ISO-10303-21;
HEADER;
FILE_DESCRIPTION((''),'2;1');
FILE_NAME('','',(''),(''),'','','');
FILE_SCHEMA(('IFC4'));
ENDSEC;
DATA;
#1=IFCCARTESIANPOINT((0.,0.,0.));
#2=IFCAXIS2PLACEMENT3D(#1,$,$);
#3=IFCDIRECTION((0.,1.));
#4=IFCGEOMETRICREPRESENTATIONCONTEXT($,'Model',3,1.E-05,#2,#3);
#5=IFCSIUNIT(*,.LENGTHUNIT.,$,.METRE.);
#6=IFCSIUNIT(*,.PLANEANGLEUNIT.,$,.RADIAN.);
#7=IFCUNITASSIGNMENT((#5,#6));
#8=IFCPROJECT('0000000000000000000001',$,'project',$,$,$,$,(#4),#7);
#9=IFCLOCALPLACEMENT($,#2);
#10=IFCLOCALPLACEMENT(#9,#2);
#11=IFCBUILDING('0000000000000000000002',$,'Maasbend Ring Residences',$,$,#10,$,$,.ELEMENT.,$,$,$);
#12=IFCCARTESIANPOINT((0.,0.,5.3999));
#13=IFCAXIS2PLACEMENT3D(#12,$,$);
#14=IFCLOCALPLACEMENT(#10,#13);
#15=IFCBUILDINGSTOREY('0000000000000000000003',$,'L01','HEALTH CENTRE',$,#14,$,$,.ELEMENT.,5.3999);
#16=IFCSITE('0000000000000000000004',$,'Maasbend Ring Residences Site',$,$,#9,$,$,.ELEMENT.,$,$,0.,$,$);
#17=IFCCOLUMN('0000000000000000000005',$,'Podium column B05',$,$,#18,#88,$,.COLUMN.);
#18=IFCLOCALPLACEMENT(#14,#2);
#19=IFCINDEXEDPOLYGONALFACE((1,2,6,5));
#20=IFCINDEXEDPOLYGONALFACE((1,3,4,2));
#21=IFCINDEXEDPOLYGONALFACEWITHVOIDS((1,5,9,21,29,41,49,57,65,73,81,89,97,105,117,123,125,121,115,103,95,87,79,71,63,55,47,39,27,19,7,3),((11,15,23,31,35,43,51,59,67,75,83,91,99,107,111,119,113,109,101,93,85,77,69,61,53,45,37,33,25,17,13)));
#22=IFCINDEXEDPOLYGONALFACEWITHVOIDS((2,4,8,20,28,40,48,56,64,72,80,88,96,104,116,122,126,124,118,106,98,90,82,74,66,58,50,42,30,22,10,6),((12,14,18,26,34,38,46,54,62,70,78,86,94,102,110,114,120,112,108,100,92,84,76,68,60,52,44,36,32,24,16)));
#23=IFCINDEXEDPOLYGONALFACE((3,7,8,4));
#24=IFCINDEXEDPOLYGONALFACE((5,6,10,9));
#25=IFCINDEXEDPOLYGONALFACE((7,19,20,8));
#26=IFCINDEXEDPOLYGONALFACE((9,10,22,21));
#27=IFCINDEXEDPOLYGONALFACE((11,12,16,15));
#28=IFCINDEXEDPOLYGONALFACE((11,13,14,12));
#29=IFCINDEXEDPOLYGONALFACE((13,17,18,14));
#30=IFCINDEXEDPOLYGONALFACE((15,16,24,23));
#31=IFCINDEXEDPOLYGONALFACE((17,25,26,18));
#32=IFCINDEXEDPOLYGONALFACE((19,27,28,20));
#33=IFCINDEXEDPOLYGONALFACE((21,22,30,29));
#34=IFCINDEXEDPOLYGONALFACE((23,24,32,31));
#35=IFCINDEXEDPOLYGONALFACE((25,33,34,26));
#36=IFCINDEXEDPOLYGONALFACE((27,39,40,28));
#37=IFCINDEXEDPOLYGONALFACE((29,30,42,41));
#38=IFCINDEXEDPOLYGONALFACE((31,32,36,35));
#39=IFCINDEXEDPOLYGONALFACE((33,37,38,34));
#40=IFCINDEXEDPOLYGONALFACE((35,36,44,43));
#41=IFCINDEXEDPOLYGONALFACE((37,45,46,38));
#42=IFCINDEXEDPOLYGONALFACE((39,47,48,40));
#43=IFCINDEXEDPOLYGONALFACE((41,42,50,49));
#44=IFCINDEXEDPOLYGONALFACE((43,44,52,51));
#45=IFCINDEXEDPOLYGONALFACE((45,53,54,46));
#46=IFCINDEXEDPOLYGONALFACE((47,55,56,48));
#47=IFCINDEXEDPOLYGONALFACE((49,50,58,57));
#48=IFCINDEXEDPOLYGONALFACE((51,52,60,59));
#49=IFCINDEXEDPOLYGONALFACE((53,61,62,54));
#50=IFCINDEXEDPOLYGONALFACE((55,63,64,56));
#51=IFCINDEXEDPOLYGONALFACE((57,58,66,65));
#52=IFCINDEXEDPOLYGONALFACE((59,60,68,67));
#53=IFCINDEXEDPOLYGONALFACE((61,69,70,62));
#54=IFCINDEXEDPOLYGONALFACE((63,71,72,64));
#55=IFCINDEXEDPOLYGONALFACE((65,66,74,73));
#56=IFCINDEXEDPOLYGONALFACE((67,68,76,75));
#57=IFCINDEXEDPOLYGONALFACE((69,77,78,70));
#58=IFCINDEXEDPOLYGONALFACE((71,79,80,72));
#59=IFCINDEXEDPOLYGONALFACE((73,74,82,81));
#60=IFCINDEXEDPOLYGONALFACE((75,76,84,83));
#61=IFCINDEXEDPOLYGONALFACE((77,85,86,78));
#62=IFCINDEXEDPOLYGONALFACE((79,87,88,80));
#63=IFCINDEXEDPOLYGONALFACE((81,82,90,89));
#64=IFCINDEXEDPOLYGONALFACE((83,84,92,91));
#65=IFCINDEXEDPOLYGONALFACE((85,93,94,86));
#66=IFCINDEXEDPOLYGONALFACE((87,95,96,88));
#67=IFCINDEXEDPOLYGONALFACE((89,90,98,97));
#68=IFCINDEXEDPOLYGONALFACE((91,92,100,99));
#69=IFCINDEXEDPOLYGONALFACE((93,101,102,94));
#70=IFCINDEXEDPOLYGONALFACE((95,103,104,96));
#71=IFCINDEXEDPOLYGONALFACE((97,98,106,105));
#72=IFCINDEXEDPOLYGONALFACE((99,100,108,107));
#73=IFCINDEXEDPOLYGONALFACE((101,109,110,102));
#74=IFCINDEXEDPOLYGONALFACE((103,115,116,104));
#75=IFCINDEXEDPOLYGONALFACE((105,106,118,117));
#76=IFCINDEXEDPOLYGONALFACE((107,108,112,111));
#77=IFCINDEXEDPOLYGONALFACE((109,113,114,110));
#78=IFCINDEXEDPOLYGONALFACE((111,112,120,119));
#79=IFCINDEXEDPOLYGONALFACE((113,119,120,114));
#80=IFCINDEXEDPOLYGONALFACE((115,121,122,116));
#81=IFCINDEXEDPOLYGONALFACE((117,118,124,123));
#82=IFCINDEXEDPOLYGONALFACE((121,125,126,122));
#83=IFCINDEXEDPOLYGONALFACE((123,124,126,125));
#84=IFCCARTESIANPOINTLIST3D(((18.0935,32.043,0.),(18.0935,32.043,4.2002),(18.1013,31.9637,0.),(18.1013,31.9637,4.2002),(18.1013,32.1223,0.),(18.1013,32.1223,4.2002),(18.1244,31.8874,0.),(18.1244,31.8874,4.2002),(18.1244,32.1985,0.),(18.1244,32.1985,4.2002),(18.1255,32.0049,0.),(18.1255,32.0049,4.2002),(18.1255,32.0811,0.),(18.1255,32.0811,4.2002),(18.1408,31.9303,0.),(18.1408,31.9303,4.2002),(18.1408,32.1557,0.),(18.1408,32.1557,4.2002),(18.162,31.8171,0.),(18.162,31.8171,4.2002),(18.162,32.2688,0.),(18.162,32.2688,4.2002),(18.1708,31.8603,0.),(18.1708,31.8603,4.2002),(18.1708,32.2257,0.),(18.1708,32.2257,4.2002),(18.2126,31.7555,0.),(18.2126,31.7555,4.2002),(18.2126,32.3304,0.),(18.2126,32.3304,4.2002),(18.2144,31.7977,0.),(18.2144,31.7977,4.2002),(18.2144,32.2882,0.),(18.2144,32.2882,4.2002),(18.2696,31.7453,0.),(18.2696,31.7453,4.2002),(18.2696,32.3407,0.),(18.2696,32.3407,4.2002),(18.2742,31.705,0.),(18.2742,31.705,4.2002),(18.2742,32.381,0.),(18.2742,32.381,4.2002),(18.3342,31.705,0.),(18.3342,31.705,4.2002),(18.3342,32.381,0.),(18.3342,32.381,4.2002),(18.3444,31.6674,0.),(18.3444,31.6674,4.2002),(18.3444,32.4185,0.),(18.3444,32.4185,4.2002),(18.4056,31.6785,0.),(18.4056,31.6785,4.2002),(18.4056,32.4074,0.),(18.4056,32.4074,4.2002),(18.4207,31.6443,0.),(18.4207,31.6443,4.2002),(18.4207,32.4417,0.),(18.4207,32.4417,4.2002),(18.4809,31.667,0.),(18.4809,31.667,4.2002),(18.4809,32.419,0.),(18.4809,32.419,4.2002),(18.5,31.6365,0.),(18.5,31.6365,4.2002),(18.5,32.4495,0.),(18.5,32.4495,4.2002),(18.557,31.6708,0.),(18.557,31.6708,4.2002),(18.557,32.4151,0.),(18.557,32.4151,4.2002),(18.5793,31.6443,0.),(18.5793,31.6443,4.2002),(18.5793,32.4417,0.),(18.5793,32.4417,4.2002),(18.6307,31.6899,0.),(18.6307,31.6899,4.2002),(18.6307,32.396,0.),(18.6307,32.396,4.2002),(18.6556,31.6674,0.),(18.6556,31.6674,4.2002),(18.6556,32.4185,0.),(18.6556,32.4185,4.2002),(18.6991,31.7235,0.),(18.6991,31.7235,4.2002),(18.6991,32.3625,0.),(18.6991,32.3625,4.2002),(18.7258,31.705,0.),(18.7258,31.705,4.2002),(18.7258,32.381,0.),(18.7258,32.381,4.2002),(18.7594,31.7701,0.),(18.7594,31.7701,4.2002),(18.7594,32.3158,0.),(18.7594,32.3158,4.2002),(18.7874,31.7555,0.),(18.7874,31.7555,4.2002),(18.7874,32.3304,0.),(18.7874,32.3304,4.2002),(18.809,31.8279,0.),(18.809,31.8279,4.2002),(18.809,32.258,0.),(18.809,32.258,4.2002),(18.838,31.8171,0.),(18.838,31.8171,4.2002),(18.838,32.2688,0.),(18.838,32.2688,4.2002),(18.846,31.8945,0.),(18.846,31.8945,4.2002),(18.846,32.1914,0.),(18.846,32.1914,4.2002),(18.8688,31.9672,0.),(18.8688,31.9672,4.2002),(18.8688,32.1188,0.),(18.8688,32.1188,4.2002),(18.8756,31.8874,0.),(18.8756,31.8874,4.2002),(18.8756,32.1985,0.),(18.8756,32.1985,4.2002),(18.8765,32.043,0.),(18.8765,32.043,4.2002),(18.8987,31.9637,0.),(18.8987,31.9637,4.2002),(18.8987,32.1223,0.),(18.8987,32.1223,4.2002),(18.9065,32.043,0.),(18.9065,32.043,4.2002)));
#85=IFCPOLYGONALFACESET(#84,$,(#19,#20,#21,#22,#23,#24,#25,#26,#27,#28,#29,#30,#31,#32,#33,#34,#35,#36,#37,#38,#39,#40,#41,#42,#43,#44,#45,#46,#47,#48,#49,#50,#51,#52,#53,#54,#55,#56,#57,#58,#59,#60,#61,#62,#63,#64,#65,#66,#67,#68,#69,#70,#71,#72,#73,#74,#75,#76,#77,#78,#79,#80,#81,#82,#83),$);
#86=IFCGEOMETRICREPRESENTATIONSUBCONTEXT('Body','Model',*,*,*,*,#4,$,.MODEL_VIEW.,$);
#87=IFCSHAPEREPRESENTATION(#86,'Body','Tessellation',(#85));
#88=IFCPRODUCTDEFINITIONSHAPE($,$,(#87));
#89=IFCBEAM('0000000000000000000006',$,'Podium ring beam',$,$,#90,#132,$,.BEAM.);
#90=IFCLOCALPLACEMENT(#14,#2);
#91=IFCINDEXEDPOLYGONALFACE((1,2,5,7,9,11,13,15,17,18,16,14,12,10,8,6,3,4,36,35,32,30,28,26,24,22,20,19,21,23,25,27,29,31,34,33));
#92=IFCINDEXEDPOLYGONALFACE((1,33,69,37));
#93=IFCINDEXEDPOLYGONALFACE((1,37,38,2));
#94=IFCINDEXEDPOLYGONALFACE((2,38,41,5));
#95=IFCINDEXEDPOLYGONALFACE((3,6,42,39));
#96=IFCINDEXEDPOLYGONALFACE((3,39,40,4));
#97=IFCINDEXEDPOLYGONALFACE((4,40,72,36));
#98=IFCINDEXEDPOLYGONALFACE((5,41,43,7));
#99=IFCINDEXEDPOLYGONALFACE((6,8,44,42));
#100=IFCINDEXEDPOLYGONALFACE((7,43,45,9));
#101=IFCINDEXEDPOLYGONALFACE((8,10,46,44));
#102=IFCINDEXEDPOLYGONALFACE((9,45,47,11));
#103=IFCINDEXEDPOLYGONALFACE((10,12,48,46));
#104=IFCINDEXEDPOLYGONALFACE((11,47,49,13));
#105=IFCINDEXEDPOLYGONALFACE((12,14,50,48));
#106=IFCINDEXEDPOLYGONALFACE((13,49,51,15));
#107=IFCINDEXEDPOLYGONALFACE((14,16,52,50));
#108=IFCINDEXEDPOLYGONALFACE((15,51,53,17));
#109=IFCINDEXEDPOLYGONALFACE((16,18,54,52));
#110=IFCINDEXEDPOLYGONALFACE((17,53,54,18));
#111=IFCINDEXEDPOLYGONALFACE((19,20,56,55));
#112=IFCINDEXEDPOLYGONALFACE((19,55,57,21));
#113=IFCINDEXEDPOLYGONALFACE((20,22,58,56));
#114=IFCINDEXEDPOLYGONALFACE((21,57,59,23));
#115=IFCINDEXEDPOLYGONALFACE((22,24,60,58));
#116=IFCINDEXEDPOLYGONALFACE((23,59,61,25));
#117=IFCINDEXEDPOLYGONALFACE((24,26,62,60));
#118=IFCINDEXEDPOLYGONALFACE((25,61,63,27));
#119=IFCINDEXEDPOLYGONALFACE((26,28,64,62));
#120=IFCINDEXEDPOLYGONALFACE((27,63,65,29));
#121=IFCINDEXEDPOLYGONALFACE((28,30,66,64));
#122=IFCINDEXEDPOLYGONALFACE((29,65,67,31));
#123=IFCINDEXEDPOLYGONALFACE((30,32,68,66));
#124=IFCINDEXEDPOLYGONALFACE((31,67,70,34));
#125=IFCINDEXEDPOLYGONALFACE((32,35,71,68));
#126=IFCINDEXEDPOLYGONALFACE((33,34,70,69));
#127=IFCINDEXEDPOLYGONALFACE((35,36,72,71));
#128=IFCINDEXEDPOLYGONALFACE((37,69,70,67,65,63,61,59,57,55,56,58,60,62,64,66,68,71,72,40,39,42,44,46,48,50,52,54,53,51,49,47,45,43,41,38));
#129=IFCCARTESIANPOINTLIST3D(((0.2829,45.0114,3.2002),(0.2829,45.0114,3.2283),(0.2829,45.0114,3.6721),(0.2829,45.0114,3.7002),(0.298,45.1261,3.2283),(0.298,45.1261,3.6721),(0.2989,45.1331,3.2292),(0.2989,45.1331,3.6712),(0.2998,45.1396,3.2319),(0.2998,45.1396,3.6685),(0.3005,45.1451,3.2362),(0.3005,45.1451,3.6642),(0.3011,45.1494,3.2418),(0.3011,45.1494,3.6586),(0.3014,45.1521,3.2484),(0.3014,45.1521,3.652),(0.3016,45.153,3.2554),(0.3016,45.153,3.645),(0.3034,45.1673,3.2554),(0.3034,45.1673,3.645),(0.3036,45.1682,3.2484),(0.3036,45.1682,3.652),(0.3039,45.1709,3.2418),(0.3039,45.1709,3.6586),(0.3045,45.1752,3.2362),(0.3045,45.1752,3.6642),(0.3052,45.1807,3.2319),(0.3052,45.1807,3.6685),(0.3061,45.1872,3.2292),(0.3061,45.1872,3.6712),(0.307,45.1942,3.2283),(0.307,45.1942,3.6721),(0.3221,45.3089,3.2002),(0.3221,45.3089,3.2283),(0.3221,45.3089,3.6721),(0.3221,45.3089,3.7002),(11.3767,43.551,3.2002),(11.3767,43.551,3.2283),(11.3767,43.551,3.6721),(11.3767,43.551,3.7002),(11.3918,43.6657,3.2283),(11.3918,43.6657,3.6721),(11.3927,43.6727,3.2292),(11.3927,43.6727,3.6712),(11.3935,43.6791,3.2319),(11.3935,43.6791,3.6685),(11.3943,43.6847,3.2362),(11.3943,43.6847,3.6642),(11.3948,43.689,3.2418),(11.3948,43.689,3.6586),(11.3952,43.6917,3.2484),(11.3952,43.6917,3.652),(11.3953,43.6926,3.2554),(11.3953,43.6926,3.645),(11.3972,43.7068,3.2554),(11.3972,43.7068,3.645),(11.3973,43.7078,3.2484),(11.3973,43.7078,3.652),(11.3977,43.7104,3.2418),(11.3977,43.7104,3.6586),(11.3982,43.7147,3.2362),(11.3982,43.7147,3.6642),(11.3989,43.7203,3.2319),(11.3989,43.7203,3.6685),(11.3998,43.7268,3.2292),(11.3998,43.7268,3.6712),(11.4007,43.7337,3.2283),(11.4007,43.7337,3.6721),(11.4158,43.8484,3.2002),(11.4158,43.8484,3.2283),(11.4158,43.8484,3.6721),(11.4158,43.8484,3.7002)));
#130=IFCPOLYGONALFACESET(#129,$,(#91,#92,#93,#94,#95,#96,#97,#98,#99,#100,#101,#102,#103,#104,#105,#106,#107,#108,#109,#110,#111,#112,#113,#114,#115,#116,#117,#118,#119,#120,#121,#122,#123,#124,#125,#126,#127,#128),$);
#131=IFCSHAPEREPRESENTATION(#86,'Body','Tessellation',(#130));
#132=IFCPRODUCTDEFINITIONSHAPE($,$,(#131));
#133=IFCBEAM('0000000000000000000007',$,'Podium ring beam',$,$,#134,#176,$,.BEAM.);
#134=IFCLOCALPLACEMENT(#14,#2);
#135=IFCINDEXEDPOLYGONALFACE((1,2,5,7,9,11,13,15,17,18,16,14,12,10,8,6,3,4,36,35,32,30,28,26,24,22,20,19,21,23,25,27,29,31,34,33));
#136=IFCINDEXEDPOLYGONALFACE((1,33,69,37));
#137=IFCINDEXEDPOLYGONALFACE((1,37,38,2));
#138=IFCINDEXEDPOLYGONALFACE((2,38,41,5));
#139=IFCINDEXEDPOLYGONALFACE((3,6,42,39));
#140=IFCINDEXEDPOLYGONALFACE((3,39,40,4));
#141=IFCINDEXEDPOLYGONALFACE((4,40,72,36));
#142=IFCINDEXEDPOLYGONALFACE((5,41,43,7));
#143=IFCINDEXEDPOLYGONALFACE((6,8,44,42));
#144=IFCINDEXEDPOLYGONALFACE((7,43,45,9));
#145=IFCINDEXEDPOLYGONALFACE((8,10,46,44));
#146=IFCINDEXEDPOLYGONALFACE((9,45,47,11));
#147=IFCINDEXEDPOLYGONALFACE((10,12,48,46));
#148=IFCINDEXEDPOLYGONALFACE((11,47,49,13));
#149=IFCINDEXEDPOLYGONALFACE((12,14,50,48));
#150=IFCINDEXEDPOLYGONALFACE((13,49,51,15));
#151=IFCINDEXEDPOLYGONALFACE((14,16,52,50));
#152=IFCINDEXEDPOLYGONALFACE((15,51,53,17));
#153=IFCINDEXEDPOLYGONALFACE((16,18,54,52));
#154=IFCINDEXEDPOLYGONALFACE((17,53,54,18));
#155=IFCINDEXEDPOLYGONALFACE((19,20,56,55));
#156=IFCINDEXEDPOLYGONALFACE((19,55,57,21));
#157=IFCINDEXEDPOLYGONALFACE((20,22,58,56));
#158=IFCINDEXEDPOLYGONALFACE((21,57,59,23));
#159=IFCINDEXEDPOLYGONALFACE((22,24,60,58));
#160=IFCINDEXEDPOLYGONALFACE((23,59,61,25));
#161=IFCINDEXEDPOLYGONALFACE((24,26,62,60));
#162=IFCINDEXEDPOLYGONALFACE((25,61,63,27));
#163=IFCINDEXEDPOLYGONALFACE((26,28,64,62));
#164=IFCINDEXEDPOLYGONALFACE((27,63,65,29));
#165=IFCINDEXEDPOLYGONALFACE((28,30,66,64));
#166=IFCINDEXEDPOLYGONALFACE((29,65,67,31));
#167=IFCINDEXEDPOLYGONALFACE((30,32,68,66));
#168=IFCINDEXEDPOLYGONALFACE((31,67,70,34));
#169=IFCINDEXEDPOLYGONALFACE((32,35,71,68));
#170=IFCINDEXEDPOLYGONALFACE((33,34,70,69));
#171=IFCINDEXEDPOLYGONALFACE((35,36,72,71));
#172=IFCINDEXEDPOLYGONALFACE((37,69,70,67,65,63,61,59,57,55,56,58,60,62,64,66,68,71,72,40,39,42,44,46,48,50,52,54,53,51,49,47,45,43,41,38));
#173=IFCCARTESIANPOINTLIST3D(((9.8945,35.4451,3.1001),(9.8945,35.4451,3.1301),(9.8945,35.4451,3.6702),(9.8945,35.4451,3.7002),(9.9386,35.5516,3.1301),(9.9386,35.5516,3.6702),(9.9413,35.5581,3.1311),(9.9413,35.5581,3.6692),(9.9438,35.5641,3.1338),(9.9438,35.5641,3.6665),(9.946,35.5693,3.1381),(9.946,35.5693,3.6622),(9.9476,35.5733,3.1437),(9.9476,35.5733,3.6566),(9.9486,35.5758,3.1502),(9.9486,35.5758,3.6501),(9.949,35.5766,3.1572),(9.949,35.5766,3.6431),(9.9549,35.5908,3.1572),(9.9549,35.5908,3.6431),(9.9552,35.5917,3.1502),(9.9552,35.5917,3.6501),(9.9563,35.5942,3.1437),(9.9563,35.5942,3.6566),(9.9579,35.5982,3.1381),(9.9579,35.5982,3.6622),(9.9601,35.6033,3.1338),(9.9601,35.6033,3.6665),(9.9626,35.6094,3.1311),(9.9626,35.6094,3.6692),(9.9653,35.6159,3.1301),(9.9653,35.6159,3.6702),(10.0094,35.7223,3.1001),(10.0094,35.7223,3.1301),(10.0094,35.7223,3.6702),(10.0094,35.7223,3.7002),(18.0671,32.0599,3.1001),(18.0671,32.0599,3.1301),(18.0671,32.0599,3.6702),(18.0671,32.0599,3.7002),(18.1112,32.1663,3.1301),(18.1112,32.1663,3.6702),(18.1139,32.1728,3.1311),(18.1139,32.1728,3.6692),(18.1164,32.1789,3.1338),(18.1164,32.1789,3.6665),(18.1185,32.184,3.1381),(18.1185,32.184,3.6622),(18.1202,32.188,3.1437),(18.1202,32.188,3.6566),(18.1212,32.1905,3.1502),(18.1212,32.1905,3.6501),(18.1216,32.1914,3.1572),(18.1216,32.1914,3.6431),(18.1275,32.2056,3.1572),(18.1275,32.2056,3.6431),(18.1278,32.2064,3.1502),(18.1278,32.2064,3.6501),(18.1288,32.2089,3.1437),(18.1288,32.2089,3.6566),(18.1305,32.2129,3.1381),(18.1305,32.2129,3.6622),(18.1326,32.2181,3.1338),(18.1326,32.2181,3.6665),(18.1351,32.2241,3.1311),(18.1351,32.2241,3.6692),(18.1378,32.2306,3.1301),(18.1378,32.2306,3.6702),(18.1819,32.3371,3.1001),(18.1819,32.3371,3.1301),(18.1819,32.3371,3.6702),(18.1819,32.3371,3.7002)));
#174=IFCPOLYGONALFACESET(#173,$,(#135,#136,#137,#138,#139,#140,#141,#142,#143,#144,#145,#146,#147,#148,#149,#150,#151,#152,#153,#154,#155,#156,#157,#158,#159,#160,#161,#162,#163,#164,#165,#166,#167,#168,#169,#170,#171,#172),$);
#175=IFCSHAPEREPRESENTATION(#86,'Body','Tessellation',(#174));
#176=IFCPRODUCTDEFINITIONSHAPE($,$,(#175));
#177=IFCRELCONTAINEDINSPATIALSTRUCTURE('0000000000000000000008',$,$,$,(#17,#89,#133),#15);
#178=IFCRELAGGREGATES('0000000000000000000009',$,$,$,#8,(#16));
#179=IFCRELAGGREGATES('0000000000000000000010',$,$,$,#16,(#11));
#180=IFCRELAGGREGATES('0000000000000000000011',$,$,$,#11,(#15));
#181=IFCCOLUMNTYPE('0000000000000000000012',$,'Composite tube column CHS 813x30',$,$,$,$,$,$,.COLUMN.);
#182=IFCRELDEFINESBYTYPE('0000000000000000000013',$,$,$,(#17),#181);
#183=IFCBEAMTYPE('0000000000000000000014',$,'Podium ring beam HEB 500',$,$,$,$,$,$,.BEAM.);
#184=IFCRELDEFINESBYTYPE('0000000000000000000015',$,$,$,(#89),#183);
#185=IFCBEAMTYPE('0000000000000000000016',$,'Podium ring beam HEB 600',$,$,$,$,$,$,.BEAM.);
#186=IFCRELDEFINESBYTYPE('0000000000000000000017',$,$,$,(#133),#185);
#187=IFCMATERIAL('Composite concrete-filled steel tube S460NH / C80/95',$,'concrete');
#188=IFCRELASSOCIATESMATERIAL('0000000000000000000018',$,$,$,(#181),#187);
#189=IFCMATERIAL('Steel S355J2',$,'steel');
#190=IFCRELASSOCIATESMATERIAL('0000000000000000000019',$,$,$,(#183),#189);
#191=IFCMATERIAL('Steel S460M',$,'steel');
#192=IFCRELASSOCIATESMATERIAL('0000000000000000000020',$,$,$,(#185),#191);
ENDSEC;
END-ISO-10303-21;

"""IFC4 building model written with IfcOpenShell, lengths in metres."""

from ifc_helpers import new_model, si_unit, direction, frame, origin, origin_2d, place, context, subcontext, project, spatial, hollow_circle, i_section, extrude, material, material_profile, profile_set, type_object, element, save


model = new_model("IFC4")

# Units and contexts
model_context = context("Model", 3, precision=1e-05, world=origin(), true_north=direction((0.0, 1.0)))
body_context = subcontext(model_context, "Body", "Model", "MODEL_VIEW")
ifc_project = project(units=[si_unit("LENGTHUNIT", "METRE"), si_unit("PLANEANGLEUNIT", "RADIAN")], contexts=[model_context])

# Site, building, storey
site_placement = place(None, origin())
site = spatial("IfcSite", under=ifc_project, at=site_placement, Name="Maasbend Ring Residences Site", CompositionType="ELEMENT", RefElevation=0.0)
building_placement = place(site_placement, origin())
building = spatial("IfcBuilding", under=site, at=building_placement, Name="Maasbend Ring Residences", CompositionType="ELEMENT")
storey_placement = place(building_placement, frame((0.0, 0.0, 5.3999)))
storey = spatial("IfcBuildingStorey", under=building, at=storey_placement, Name="L01", Description="HEALTH CENTRE", CompositionType="ELEMENT", Elevation=5.3999)

# Column
ifc_material_1 = material(Name="Composite concrete-filled steel tube S460NH / C80/95", Category="concrete")
ifc_material_profile_1 = material_profile(ifc_material_1, hollow_circle(Radius=0.4065, WallThickness=0.03, at=origin_2d()), Name="Composite tube column CHS 813x30")
ifc_profile_set_1 = profile_set([ifc_material_profile_1], Name="Composite concrete-filled steel tube S460NH / C80/95")
column_type_1 = type_object("IfcColumnType", Name="Composite tube column CHS 813x30", PredefinedType="COLUMN", material=ifc_profile_set_1)
column_1_placement = place(storey_placement, frame((18.5, 32.043, 0.0), z_axis=(0.0, 0.0, 1.0), x_axis=(1.0, 0.0, 0.0)))
element("IfcColumn", 1, at=column_1_placement, inside=storey, type_object=column_type_1, Name="Podium column B05", PredefinedType="COLUMN", context=body_context, shape_type="SweptSolid", body=[
    extrude(hollow_circle(Radius=0.4065, WallThickness=0.03, at=origin_2d()), origin(), (0.0, 0.0, 1.0), 4.2002),
])

# Beams
ifc_material_2 = material(Name="Steel S355J2", Category="steel")
ifc_material_profile_2 = material_profile(ifc_material_2, i_section(OverallWidth=0.3, OverallDepth=0.5, WebThickness=0.0144, FlangeThickness=0.0281, FilletRadius=0.0271, at=origin_2d()), Name="HEB 500")
ifc_profile_set_2 = profile_set([ifc_material_profile_2], Name="Steel S355J2")
beam_type_1 = type_object("IfcBeamType", Name="Podium ring beam HEB 500", PredefinedType="BEAM", material=ifc_profile_set_2)
beam_1_placement = place(storey_placement, frame((11.3962, 43.6997, 3.4502), z_axis=(-0.991446, 0.13052, 0.0), x_axis=(-0.13052, -0.991446, 0.0)))
element("IfcBeam", 2, at=beam_1_placement, inside=storey, type_object=beam_type_1, Name="Podium ring beam", PredefinedType="BEAM", context=body_context, shape_type="SweptSolid", body=[
    extrude(i_section(OverallWidth=0.3, OverallDepth=0.5, WebThickness=0.0144, FlangeThickness=0.0281, FilletRadius=0.0271, at=origin_2d()), origin(), (0.0, 0.0, 1.0), 11.1895),
])
ifc_material_3 = material(Name="Steel S460M", Category="steel")
ifc_material_profile_3 = material_profile(ifc_material_3, i_section(OverallWidth=0.3, OverallDepth=0.6001, WebThickness=0.0154, FlangeThickness=0.03, FilletRadius=0.0271, at=origin_2d()), Name="HEB 600")
ifc_profile_set_3 = profile_set([ifc_material_profile_3], Name="Steel S460M")
beam_type_2 = type_object("IfcBeamType", Name="Podium ring beam HEB 600", PredefinedType="BEAM", material=ifc_profile_set_3)
beam_2_placement = place(storey_placement, frame((18.1245, 32.1985, 3.4001), z_axis=(-0.923878, 0.382688, 0.0), x_axis=(-0.382688, -0.923878, 0.0)))
element("IfcBeam", 3, at=beam_2_placement, inside=storey, type_object=beam_type_2, Name="Podium ring beam", PredefinedType="BEAM", context=body_context, shape_type="SweptSolid", body=[
    extrude(i_section(OverallWidth=0.3, OverallDepth=0.6001, WebThickness=0.0154, FlangeThickness=0.03, FilletRadius=0.0271, at=origin_2d()), origin(), (0.0, 0.0, 1.0), 8.8459),
])

save(model, "model.ifc")
